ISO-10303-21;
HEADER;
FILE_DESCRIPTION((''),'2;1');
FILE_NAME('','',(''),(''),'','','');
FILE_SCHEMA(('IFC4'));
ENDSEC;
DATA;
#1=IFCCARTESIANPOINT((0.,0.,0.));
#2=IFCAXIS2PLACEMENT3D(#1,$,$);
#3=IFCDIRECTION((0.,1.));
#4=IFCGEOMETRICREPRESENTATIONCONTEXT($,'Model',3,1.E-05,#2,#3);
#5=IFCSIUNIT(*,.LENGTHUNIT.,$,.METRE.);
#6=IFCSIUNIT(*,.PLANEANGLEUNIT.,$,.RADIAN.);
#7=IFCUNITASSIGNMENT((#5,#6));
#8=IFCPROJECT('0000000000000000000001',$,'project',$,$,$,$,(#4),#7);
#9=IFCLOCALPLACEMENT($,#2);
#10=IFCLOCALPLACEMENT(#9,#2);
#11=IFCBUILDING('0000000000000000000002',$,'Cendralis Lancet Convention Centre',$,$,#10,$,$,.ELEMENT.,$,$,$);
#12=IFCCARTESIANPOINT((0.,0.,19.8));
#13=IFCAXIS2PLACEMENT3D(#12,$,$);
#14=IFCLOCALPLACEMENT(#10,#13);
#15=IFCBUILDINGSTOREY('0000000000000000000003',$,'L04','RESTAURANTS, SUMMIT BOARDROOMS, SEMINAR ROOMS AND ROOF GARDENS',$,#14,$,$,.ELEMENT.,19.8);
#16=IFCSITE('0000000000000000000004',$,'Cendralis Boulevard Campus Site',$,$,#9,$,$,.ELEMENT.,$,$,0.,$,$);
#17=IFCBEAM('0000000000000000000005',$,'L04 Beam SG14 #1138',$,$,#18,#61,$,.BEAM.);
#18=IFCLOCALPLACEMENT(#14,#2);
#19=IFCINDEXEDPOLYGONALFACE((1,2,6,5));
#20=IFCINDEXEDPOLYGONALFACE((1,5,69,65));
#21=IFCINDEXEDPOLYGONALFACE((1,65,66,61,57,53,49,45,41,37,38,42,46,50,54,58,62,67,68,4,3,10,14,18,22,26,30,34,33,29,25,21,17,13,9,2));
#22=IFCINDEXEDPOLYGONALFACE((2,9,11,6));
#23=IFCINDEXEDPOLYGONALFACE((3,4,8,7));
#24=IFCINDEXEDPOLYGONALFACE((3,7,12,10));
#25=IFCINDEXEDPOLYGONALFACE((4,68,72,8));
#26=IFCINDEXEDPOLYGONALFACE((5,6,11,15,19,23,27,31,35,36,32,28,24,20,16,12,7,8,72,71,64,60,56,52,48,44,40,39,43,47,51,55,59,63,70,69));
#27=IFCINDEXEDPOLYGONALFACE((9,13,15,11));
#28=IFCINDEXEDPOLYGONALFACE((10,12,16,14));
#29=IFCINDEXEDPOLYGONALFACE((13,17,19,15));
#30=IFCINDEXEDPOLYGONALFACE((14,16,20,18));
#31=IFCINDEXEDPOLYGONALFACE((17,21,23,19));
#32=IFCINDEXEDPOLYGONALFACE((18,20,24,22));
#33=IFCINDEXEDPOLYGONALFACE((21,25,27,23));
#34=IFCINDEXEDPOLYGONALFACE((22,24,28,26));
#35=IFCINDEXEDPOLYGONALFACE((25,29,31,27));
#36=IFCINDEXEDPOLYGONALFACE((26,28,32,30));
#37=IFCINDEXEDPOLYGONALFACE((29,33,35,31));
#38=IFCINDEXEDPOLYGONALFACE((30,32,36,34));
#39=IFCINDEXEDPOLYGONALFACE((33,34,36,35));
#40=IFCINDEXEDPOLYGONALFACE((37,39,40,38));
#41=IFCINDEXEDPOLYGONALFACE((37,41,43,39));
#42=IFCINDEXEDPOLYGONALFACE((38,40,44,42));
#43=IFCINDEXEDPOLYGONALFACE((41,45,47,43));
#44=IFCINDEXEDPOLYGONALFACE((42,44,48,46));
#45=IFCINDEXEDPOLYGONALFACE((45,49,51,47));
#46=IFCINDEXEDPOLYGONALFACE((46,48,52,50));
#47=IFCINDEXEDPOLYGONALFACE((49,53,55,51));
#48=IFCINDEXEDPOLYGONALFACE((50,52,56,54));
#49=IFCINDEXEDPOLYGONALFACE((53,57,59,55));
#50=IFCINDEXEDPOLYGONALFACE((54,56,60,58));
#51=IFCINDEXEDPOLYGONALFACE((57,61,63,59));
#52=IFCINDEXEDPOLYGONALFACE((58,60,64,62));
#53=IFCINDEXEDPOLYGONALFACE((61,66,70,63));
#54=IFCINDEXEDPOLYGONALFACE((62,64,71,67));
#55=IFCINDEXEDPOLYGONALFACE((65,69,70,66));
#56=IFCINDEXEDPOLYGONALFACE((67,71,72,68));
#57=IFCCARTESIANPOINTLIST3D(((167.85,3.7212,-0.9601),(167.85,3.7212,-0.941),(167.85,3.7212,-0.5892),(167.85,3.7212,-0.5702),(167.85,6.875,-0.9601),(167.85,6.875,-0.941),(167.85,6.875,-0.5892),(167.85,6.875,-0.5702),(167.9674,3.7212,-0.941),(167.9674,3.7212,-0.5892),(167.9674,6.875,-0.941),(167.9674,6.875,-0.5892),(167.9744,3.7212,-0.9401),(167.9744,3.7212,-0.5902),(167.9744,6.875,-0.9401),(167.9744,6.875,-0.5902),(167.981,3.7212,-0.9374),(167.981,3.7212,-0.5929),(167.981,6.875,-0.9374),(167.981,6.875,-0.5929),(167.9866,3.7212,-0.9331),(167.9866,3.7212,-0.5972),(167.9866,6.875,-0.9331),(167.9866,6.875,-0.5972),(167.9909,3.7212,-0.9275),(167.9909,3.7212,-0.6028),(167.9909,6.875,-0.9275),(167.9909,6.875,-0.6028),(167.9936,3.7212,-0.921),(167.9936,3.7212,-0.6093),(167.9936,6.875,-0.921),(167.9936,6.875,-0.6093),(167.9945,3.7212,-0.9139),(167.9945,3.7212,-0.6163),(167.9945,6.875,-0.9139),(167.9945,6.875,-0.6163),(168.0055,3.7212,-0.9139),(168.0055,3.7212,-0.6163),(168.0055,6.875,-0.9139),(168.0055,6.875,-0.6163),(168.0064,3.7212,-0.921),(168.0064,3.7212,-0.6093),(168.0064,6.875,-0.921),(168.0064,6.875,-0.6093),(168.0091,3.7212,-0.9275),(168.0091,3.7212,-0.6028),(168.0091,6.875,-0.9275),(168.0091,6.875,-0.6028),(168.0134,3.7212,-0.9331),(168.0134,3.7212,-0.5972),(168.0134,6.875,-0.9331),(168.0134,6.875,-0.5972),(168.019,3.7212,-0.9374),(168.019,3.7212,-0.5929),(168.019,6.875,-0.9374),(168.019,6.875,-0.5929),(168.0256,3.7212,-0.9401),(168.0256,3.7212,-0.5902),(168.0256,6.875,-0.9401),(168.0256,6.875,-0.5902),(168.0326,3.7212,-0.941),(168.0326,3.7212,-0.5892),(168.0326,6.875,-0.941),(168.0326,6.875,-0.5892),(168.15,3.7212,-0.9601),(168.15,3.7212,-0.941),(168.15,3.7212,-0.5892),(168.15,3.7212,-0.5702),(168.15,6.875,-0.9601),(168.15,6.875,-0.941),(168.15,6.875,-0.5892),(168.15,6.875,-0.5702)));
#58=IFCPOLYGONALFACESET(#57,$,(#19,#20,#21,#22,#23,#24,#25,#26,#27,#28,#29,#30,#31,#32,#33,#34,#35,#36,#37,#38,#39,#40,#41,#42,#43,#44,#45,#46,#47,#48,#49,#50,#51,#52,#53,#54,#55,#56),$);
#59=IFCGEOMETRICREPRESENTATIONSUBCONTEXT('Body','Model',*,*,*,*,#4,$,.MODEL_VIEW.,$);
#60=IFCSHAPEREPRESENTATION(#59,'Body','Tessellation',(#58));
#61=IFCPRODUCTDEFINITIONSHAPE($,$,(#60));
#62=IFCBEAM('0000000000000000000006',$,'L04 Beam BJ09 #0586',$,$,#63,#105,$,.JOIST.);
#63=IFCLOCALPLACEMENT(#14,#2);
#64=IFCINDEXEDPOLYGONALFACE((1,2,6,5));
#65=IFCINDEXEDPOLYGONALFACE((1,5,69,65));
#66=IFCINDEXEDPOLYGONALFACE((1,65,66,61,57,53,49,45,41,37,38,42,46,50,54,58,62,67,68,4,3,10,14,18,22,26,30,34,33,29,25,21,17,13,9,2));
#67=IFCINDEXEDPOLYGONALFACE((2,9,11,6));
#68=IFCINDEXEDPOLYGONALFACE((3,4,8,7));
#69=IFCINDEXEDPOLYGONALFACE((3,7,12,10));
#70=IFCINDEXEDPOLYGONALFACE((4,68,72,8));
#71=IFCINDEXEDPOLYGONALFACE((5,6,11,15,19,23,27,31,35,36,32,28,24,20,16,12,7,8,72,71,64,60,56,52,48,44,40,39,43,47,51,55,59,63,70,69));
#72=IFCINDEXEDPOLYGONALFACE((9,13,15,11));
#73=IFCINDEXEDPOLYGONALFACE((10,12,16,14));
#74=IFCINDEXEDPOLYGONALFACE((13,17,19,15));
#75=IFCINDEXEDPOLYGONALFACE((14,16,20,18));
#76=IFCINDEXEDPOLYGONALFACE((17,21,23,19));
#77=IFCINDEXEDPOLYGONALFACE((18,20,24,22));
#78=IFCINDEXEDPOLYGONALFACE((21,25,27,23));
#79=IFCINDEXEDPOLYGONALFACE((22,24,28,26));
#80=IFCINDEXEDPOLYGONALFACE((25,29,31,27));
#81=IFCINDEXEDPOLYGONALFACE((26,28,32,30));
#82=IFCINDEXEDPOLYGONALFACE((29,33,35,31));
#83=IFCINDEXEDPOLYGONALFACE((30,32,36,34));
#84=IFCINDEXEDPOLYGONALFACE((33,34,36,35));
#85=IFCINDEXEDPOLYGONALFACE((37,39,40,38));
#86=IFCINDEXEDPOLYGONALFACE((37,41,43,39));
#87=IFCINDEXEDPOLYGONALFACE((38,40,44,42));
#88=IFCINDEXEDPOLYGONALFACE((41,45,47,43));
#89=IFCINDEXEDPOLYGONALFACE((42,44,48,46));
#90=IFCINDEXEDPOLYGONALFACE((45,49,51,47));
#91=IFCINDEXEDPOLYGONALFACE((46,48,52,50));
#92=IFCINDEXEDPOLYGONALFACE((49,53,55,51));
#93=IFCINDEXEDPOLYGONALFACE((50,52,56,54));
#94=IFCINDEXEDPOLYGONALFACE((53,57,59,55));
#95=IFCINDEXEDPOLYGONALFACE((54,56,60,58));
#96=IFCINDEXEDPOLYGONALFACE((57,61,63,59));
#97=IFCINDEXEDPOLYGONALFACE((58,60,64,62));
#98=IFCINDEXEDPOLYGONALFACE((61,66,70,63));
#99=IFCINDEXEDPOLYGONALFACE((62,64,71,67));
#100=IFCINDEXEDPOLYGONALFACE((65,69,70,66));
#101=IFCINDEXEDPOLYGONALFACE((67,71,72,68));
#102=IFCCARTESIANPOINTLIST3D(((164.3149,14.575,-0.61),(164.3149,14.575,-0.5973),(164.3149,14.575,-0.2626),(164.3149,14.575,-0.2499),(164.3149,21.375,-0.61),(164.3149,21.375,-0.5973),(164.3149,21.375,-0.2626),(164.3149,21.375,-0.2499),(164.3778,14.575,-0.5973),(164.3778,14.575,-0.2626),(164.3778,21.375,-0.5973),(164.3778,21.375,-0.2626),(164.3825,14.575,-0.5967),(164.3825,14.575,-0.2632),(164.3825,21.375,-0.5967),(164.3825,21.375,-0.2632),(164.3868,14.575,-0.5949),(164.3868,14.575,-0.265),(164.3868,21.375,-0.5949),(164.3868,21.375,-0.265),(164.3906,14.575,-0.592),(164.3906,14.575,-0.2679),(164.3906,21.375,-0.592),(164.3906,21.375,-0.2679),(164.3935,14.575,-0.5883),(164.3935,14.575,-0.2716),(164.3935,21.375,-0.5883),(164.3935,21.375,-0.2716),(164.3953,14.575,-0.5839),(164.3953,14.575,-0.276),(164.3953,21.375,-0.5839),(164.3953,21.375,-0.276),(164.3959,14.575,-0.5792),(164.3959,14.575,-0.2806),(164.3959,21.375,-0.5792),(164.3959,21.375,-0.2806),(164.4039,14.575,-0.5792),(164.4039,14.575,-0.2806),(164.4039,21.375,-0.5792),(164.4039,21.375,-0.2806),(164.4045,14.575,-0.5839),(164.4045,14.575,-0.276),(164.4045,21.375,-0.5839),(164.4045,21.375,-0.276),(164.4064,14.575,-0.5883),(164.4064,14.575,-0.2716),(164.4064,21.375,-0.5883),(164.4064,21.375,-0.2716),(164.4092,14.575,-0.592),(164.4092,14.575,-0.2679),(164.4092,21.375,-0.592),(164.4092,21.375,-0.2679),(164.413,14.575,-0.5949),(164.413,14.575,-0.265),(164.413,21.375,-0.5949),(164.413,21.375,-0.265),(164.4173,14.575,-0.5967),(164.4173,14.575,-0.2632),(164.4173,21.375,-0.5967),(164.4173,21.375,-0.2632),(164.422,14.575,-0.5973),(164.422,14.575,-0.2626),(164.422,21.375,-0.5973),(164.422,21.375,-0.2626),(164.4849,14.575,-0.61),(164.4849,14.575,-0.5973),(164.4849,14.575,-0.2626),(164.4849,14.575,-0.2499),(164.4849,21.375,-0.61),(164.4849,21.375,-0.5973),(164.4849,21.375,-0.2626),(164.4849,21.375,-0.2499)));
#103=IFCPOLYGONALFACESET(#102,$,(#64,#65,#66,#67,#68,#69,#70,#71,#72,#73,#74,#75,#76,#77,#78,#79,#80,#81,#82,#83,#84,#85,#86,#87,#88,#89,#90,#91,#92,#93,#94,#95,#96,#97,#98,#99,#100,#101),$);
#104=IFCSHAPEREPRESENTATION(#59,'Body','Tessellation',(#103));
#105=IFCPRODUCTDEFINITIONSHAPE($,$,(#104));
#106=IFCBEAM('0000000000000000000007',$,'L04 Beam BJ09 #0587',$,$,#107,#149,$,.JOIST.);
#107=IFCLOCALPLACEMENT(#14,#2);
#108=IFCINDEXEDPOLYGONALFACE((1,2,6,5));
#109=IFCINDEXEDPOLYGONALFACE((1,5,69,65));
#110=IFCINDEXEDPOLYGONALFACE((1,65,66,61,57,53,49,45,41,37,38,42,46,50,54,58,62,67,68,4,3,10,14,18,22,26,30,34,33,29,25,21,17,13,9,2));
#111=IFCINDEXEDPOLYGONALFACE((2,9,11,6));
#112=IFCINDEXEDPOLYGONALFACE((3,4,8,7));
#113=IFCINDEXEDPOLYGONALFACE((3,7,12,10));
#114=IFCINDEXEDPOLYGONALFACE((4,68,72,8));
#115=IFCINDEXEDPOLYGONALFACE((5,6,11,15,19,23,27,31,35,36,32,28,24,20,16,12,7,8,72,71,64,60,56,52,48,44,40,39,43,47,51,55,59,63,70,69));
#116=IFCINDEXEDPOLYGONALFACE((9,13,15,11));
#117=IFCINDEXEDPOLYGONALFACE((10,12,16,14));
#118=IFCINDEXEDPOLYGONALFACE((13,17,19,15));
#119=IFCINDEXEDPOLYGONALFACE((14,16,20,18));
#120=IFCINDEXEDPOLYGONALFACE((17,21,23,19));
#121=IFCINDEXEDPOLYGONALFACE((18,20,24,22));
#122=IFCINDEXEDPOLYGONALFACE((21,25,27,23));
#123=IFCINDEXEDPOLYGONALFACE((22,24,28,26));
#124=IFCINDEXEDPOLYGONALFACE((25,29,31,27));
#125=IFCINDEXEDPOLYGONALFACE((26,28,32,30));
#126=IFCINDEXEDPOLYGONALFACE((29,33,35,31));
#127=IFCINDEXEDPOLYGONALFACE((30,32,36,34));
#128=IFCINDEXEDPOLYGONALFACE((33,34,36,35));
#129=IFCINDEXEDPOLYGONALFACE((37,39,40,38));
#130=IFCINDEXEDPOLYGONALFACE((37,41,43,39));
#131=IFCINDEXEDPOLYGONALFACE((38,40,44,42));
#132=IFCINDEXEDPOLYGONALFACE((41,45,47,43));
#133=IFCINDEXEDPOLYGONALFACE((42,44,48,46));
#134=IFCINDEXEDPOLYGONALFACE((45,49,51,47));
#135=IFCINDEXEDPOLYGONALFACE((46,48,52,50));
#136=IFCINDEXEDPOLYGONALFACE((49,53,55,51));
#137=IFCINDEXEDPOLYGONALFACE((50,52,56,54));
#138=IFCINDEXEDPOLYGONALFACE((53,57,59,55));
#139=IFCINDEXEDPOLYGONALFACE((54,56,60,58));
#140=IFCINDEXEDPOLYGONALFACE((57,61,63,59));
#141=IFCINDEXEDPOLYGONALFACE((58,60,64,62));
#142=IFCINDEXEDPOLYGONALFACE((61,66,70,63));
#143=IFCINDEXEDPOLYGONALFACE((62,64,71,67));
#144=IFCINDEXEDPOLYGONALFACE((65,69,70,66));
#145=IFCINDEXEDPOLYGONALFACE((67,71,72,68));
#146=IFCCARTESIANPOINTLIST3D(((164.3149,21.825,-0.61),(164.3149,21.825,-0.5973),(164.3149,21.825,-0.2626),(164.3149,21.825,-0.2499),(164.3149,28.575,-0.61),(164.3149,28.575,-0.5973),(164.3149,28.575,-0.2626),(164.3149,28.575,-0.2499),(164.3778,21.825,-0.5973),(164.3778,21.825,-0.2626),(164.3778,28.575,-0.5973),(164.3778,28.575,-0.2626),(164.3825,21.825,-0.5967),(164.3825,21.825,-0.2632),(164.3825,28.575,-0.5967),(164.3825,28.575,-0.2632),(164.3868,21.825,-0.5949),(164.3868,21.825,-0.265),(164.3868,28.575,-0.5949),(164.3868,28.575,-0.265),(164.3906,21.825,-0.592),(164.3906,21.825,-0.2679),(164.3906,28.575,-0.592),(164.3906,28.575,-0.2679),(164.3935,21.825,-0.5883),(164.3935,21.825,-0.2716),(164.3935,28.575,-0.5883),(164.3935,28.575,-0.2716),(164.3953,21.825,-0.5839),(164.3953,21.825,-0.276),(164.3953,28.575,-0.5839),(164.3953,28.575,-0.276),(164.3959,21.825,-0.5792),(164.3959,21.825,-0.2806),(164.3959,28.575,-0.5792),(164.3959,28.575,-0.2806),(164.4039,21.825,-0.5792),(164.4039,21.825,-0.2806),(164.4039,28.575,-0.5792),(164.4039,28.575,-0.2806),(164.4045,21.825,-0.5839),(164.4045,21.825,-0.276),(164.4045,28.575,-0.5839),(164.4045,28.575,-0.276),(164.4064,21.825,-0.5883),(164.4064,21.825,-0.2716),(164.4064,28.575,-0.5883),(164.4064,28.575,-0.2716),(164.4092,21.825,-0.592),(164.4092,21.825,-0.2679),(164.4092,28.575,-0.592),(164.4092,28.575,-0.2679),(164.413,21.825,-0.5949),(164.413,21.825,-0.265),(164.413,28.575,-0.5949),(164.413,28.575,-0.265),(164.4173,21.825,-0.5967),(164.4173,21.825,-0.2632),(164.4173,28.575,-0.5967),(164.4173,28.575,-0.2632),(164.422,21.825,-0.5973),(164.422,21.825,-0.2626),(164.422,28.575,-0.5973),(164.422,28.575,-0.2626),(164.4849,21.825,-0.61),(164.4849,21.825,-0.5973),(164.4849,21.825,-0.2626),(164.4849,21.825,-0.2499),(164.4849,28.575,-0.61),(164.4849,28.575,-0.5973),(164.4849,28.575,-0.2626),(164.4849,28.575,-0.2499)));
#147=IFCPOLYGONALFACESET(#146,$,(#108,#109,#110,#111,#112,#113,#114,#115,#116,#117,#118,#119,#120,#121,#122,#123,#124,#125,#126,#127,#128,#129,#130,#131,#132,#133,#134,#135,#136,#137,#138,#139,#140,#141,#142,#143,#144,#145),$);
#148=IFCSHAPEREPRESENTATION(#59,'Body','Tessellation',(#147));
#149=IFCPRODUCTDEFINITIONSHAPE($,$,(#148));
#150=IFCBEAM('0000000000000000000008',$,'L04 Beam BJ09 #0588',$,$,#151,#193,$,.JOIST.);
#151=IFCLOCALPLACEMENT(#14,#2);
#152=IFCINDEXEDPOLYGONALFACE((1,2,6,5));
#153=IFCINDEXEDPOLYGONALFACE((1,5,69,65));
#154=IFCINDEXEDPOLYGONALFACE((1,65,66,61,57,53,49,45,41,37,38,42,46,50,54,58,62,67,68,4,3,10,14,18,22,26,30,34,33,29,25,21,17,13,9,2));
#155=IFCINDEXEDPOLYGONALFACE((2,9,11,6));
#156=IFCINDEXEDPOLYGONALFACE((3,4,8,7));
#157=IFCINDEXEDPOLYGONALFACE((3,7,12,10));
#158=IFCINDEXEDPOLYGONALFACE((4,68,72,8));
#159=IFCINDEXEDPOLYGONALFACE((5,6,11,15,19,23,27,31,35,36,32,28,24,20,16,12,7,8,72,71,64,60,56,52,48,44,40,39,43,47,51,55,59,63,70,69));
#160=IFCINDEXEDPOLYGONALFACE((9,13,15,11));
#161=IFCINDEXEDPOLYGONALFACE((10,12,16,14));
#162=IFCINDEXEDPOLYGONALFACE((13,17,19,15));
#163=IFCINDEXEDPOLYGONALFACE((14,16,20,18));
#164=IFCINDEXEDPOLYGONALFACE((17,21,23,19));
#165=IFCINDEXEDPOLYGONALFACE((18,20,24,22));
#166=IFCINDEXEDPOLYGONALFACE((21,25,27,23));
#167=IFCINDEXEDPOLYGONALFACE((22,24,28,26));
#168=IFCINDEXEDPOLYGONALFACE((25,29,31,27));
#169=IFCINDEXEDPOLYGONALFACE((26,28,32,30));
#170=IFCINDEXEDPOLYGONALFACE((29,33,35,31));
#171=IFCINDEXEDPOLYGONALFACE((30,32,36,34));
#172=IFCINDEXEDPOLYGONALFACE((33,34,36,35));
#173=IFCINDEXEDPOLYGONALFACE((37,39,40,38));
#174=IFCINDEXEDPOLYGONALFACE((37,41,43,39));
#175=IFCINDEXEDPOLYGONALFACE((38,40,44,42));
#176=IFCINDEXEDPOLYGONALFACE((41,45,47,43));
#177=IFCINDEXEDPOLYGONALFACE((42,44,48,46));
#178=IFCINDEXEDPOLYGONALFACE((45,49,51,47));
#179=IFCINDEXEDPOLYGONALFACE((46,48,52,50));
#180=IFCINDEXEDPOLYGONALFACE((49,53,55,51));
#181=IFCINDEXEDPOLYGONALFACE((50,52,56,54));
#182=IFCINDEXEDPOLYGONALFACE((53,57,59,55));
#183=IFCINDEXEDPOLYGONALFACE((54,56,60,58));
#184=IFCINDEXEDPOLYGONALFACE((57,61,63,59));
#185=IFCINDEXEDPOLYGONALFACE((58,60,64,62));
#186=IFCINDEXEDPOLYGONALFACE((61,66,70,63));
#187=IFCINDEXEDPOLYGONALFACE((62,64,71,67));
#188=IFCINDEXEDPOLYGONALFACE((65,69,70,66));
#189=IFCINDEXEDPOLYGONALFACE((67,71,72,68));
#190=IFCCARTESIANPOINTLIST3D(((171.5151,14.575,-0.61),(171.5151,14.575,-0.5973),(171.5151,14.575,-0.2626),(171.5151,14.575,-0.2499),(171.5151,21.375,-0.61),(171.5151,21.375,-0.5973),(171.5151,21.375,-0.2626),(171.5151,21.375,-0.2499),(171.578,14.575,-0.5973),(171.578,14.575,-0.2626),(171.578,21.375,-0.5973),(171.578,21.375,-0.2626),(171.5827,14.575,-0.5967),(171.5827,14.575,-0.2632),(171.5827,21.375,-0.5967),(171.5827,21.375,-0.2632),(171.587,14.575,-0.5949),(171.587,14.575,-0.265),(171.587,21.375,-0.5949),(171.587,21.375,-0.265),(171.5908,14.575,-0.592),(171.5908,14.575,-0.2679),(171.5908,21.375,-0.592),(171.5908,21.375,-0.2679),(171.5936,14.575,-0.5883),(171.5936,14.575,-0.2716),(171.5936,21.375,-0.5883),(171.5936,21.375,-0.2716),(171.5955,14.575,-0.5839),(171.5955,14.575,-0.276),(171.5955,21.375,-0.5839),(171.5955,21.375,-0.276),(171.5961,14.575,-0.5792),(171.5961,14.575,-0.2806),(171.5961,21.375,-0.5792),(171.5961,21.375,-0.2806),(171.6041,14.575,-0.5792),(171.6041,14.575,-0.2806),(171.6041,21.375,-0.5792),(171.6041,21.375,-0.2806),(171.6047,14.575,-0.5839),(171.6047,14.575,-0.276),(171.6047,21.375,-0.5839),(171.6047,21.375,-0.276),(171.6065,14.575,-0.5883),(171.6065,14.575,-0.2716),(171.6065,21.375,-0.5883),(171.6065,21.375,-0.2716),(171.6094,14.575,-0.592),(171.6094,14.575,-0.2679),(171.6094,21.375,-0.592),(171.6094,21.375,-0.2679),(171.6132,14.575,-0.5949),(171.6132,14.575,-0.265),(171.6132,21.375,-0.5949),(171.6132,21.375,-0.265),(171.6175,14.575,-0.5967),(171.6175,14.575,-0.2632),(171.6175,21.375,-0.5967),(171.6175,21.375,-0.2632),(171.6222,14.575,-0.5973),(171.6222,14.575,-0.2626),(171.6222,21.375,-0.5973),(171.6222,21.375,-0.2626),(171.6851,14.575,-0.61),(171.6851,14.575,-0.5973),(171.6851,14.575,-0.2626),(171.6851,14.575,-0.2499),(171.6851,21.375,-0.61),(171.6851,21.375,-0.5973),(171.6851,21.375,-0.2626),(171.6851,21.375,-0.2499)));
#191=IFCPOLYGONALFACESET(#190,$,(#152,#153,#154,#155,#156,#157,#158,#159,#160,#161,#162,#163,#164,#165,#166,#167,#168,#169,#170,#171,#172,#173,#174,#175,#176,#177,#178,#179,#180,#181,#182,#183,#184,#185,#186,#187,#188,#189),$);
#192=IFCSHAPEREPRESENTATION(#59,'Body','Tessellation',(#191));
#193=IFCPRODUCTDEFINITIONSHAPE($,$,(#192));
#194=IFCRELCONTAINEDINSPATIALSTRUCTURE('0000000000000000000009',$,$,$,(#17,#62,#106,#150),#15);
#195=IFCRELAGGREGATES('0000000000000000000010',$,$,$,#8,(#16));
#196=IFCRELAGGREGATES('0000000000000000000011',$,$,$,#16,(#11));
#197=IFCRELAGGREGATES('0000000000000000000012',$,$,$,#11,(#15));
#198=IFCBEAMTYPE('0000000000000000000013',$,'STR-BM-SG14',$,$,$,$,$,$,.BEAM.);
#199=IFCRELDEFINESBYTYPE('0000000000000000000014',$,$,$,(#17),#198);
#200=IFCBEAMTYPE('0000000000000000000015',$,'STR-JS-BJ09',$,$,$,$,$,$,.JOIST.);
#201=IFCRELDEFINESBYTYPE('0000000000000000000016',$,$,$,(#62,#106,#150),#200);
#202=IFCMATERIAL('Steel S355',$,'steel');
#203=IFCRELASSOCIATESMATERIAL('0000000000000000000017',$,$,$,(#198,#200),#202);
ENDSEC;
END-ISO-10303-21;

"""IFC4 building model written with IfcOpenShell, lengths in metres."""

from ifc_helpers import new_model, si_unit, direction, frame, origin, origin_2d, place, context, subcontext, project, spatial, i_section, extrude, material, material_profile, profile_set, type_object, element, save


model = new_model("IFC4")

# Units and contexts
model_context = context("Model", 3, precision=1e-05, world=origin(), true_north=direction((0.0, 1.0)))
body_context = subcontext(model_context, "Body", "Model", "MODEL_VIEW")
ifc_project = project(units=[si_unit("LENGTHUNIT", "METRE"), si_unit("PLANEANGLEUNIT", "RADIAN")], contexts=[model_context])

# Site, building, storey
site_placement = place(None, origin())
site = spatial("IfcSite", under=ifc_project, at=site_placement, Name="Cendralis Boulevard Campus Site", CompositionType="ELEMENT", RefElevation=0.0)
building_placement = place(site_placement, origin())
building = spatial("IfcBuilding", under=site, at=building_placement, Name="Cendralis Lancet Convention Centre", CompositionType="ELEMENT")
storey_placement = place(building_placement, frame((0.0, 0.0, 19.8)))
storey = spatial("IfcBuildingStorey", under=building, at=storey_placement, Name="L04", Description="RESTAURANTS, SUMMIT BOARDROOMS, SEMINAR ROOMS AND ROOF GARDENS", CompositionType="ELEMENT", Elevation=19.8)

# Beams
ifc_material_1 = material(Name="Steel S355", Category="steel")
ifc_material_profile_1 = material_profile(ifc_material_1, i_section(OverallWidth=0.3, OverallDepth=0.3899, WebThickness=0.011, FlangeThickness=0.019, FilletRadius=0.0271, at=origin_2d()), Name="HEA 400")
ifc_profile_set_1 = profile_set([ifc_material_profile_1], Name="Steel S355")
beam_type_1 = type_object("IfcBeamType", Name="STR-BM-SG14", PredefinedType="BEAM", material=ifc_profile_set_1)
beam_1_placement = place(storey_placement, frame((168.0, 3.7212, -0.7651), z_axis=(0.0, 1.0, 0.0), x_axis=(-1.0, 0.0, 0.0)))
element("IfcBeam", 1, at=beam_1_placement, inside=storey, type_object=beam_type_1, Name="L04 Beam SG14 #1138", PredefinedType="BEAM", context=body_context, shape_type="SweptSolid", body=[
    extrude(i_section(OverallWidth=0.3, OverallDepth=0.3899, WebThickness=0.011, FlangeThickness=0.019, FilletRadius=0.0271, at=origin_2d()), origin(), (0.0, 0.0, 1.0), 3.1538),
])
ifc_material_profile_2 = material_profile(ifc_material_1, i_section(OverallWidth=0.1699, OverallDepth=0.3601, WebThickness=0.0081, FlangeThickness=0.0127, FilletRadius=0.0181, at=origin_2d()), Name="IPE 360")
ifc_profile_set_2 = profile_set([ifc_material_profile_2], Name="Steel S355")
beam_type_2 = type_object("IfcBeamType", Name="STR-JS-BJ09", PredefinedType="JOIST", material=ifc_profile_set_2)
beam_2_placement = place(storey_placement, frame((164.3999, 14.575, -0.4299), z_axis=(0.0, 1.0, 0.0), x_axis=(-1.0, 0.0, 0.0)))
element("IfcBeam", 2, at=beam_2_placement, inside=storey, type_object=beam_type_2, Name="L04 Beam BJ09 #0586", PredefinedType="JOIST", context=body_context, shape_type="SweptSolid", body=[
    extrude(i_section(OverallWidth=0.1699, OverallDepth=0.3601, WebThickness=0.0081, FlangeThickness=0.0127, FilletRadius=0.0181, at=origin_2d()), origin(), (0.0, 0.0, 1.0), 6.8),
])
beam_3_placement = place(storey_placement, frame((164.3999, 21.825, -0.4299), z_axis=(0.0, 1.0, 0.0), x_axis=(-1.0, 0.0, 0.0)))
element("IfcBeam", 3, at=beam_3_placement, inside=storey, type_object=beam_type_2, Name="L04 Beam BJ09 #0587", PredefinedType="JOIST", context=body_context, shape_type="SweptSolid", body=[
    extrude(i_section(OverallWidth=0.1699, OverallDepth=0.3601, WebThickness=0.0081, FlangeThickness=0.0127, FilletRadius=0.0181, at=origin_2d()), origin(), (0.0, 0.0, 1.0), 6.75),
])
for number, where, z_axis, x_axis, name in (
    (4, (171.6001, 14.575, -0.4299), (0.0, 1.0, 0.0), (-1.0, 0.0, 0.0), "L04 Beam BJ09 #0588"),
):
    element("IfcBeam", number, at=place(storey_placement, frame(where, z_axis=z_axis, x_axis=x_axis)), inside=storey, type_object=beam_type_2, Name=name, PredefinedType="JOIST", context=body_context, shape_type="SweptSolid", body=[
        extrude(i_section(OverallWidth=0.1699, OverallDepth=0.3601, WebThickness=0.0081, FlangeThickness=0.0127, FilletRadius=0.0181, at=origin_2d()), origin(), (0.0, 0.0, 1.0), 6.8),
    ])

save(model, "model.ifc")
